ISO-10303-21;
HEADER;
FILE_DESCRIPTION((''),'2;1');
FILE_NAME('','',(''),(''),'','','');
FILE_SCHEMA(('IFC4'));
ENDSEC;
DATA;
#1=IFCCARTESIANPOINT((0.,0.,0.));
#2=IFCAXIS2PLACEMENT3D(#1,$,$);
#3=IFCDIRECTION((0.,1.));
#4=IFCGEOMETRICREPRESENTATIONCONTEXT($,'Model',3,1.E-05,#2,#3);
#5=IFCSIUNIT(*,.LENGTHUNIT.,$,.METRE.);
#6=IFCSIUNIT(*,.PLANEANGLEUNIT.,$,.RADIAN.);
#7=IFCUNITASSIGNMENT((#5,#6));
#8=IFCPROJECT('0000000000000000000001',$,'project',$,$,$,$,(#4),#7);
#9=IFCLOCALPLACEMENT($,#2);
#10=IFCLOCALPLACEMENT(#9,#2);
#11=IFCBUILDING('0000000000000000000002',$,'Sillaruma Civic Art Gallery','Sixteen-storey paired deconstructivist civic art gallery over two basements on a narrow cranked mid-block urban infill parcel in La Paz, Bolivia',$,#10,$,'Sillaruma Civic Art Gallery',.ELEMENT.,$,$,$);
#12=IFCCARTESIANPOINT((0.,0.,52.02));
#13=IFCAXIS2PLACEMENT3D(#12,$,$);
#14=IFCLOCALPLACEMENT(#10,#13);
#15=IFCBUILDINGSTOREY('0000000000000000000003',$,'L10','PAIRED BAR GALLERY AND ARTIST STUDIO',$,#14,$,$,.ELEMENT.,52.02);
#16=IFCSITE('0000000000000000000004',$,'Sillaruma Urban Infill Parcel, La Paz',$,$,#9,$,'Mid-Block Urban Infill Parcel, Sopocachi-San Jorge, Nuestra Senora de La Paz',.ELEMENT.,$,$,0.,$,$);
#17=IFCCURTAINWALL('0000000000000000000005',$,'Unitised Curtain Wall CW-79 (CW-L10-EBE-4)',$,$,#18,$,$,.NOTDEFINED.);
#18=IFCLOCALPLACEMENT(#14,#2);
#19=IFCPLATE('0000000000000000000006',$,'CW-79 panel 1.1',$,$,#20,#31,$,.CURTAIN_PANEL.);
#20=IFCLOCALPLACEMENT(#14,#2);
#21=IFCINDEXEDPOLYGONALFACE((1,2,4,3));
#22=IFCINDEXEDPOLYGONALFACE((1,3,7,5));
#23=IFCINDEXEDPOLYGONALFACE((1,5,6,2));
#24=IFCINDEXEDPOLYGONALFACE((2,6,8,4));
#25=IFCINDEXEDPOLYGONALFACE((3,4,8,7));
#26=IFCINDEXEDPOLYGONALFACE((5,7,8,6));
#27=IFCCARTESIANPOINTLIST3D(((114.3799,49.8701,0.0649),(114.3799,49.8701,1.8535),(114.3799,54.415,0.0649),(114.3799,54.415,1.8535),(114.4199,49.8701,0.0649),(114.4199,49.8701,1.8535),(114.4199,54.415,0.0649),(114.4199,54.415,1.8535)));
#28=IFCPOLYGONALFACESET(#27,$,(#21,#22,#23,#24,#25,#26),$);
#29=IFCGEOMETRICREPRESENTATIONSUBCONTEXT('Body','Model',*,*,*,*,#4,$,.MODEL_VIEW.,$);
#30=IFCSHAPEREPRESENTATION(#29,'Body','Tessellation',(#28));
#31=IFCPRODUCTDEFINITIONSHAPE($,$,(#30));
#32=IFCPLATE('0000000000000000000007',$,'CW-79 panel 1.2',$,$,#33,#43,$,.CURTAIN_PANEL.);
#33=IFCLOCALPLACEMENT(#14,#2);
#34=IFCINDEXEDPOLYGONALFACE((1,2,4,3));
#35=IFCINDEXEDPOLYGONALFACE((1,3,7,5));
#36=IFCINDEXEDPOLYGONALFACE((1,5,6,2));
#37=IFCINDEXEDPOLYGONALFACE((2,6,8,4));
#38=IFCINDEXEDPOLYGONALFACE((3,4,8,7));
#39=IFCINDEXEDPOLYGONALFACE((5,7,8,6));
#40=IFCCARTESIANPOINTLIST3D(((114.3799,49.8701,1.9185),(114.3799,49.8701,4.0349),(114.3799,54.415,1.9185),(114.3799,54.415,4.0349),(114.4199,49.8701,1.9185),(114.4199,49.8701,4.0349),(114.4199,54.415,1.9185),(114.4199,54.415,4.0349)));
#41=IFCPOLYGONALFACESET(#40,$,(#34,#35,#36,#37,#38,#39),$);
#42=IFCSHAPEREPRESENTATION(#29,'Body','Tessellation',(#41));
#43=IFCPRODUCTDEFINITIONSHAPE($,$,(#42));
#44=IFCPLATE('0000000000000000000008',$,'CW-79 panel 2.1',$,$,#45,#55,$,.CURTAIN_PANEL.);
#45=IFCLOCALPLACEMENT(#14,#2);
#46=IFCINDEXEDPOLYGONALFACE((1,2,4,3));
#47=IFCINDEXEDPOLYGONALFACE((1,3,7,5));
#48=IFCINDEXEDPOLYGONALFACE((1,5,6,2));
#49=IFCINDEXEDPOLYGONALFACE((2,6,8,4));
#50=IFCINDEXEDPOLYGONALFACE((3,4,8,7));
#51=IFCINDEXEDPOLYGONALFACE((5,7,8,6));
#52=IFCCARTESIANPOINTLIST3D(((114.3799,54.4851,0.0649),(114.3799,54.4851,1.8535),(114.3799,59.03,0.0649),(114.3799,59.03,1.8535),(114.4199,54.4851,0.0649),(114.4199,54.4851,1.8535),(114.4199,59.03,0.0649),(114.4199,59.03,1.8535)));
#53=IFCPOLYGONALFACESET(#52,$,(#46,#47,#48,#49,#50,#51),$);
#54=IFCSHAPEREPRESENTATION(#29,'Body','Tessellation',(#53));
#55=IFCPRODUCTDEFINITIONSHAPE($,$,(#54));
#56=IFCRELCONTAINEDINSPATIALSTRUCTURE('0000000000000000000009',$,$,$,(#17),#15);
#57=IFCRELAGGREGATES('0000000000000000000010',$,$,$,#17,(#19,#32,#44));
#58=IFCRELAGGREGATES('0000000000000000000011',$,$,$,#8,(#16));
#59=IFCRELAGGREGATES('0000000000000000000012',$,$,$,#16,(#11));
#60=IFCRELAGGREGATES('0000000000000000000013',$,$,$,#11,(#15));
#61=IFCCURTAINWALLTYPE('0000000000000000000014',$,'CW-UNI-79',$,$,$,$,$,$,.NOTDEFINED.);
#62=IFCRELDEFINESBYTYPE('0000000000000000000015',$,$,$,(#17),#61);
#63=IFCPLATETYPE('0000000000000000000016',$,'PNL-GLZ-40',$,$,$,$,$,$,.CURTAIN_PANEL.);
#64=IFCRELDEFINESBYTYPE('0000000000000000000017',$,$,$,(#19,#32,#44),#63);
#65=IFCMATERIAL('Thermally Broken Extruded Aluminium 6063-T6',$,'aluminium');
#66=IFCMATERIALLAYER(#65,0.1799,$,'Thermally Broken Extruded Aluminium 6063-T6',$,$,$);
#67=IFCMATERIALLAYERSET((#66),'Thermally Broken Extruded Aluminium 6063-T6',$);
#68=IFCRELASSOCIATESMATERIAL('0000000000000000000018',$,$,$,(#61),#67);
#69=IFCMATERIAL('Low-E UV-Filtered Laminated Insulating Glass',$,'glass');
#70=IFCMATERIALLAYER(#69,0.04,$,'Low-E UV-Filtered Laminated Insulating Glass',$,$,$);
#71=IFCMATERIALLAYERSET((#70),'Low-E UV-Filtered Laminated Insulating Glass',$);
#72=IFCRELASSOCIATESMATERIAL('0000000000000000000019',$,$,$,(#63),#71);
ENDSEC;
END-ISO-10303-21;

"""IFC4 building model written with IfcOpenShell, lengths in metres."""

from ifc_helpers import new_model, si_unit, direction, frame, origin, origin_2d, place, context, subcontext, project, spatial, rectangle, extrude, material, layer, layer_set, type_object, element, aggregate, save


model = new_model("IFC4")

# Units and contexts
model_context = context("Model", 3, precision=1e-05, world=origin(), true_north=direction((0.0, 1.0)))
body_context = subcontext(model_context, "Body", "Model", "MODEL_VIEW")
ifc_project = project(units=[si_unit("LENGTHUNIT", "METRE"), si_unit("PLANEANGLEUNIT", "RADIAN")], contexts=[model_context])

# Site, building, storey
site_placement = place(None, origin())
site = spatial("IfcSite", under=ifc_project, at=site_placement, Name="Sillaruma Urban Infill Parcel, La Paz", LongName="Mid-Block Urban Infill Parcel, Sopocachi-San Jorge, Nuestra Senora de La Paz", CompositionType="ELEMENT", RefElevation=0.0)
building_placement = place(site_placement, origin())
building = spatial("IfcBuilding", under=site, at=building_placement, Name="Sillaruma Civic Art Gallery", Description="Sixteen-storey paired deconstructivist civic art gallery over two basements on a narrow cranked mid-block urban infill parcel in La Paz, Bolivia", LongName="Sillaruma Civic Art Gallery", CompositionType="ELEMENT")
storey_placement = place(building_placement, frame((0.0, 0.0, 52.02)))
storey = spatial("IfcBuildingStorey", under=building, at=storey_placement, Name="L10", Description="PAIRED BAR GALLERY AND ARTIST STUDIO", CompositionType="ELEMENT", Elevation=52.02)

# Curtain wall
ifc_material_1 = material(Name="Thermally Broken Extruded Aluminium 6063-T6", Category="aluminium")
ifc_layer_1 = layer(ifc_material_1, 0.1799, Name="Thermally Broken Extruded Aluminium 6063-T6")
ifc_layer_set_1 = layer_set([ifc_layer_1], Name="Thermally Broken Extruded Aluminium 6063-T6")
curtain_wall_type_1 = type_object("IfcCurtainWallType", Name="CW-UNI-79", PredefinedType="NOTDEFINED", material=ifc_layer_set_1)
curtain_wall_1_placement = place(storey_placement, origin())
curtain_wall_1 = element("IfcCurtainWall", 1, at=curtain_wall_1_placement, inside=storey, type_object=curtain_wall_type_1, Name="Unitised Curtain Wall CW-79 (CW-L10-EBE-4)", PredefinedType="NOTDEFINED")

# Plates
ifc_material_2 = material(Name="Low-E UV-Filtered Laminated Insulating Glass", Category="glass")
ifc_layer_2 = layer(ifc_material_2, 0.04, Name="Low-E UV-Filtered Laminated Insulating Glass")
ifc_layer_set_2 = layer_set([ifc_layer_2], Name="Low-E UV-Filtered Laminated Insulating Glass")
plate_type_1 = type_object("IfcPlateType", Name="PNL-GLZ-40", PredefinedType="CURTAIN_PANEL", material=ifc_layer_set_2)
plate_1_placement = place(storey_placement, frame((114.3999, 52.1426, 0.0649), z_axis=(0.0, 0.0, 1.0), x_axis=(0.0, 1.0, 0.0)))
plate_1 = element("IfcPlate", 2, at=plate_1_placement, type_object=plate_type_1, Name="CW-79 panel 1.1", PredefinedType="CURTAIN_PANEL", context=body_context, shape_type="SweptSolid", body=[
    extrude(rectangle(XDim=4.5449, YDim=0.04, at=origin_2d()), origin(), (0.0, 0.0, 1.0), 1.7886),
])
plate_2_placement = place(storey_placement, frame((114.3999, 52.1426, 1.9185), z_axis=(0.0, 0.0, 1.0), x_axis=(0.0, 1.0, 0.0)))
plate_2 = element("IfcPlate", 3, at=plate_2_placement, type_object=plate_type_1, Name="CW-79 panel 1.2", PredefinedType="CURTAIN_PANEL", context=body_context, shape_type="SweptSolid", body=[
    extrude(rectangle(XDim=4.5449, YDim=0.04, at=origin_2d()), origin(), (0.0, 0.0, 1.0), 2.1165),
])
plate_3_placement = place(storey_placement, frame((114.3999, 56.7576, 0.0649), z_axis=(0.0, 0.0, 1.0), x_axis=(0.0, 1.0, 0.0)))
plate_3 = element("IfcPlate", 4, at=plate_3_placement, type_object=plate_type_1, Name="CW-79 panel 2.1", PredefinedType="CURTAIN_PANEL", context=body_context, shape_type="SweptSolid", body=[
    extrude(rectangle(XDim=4.5449, YDim=0.04, at=origin_2d()), origin(), (0.0, 0.0, 1.0), 1.7886),
])
aggregate(curtain_wall_1, [plate_1, plate_2, plate_3])

save(model, "model.ifc")
